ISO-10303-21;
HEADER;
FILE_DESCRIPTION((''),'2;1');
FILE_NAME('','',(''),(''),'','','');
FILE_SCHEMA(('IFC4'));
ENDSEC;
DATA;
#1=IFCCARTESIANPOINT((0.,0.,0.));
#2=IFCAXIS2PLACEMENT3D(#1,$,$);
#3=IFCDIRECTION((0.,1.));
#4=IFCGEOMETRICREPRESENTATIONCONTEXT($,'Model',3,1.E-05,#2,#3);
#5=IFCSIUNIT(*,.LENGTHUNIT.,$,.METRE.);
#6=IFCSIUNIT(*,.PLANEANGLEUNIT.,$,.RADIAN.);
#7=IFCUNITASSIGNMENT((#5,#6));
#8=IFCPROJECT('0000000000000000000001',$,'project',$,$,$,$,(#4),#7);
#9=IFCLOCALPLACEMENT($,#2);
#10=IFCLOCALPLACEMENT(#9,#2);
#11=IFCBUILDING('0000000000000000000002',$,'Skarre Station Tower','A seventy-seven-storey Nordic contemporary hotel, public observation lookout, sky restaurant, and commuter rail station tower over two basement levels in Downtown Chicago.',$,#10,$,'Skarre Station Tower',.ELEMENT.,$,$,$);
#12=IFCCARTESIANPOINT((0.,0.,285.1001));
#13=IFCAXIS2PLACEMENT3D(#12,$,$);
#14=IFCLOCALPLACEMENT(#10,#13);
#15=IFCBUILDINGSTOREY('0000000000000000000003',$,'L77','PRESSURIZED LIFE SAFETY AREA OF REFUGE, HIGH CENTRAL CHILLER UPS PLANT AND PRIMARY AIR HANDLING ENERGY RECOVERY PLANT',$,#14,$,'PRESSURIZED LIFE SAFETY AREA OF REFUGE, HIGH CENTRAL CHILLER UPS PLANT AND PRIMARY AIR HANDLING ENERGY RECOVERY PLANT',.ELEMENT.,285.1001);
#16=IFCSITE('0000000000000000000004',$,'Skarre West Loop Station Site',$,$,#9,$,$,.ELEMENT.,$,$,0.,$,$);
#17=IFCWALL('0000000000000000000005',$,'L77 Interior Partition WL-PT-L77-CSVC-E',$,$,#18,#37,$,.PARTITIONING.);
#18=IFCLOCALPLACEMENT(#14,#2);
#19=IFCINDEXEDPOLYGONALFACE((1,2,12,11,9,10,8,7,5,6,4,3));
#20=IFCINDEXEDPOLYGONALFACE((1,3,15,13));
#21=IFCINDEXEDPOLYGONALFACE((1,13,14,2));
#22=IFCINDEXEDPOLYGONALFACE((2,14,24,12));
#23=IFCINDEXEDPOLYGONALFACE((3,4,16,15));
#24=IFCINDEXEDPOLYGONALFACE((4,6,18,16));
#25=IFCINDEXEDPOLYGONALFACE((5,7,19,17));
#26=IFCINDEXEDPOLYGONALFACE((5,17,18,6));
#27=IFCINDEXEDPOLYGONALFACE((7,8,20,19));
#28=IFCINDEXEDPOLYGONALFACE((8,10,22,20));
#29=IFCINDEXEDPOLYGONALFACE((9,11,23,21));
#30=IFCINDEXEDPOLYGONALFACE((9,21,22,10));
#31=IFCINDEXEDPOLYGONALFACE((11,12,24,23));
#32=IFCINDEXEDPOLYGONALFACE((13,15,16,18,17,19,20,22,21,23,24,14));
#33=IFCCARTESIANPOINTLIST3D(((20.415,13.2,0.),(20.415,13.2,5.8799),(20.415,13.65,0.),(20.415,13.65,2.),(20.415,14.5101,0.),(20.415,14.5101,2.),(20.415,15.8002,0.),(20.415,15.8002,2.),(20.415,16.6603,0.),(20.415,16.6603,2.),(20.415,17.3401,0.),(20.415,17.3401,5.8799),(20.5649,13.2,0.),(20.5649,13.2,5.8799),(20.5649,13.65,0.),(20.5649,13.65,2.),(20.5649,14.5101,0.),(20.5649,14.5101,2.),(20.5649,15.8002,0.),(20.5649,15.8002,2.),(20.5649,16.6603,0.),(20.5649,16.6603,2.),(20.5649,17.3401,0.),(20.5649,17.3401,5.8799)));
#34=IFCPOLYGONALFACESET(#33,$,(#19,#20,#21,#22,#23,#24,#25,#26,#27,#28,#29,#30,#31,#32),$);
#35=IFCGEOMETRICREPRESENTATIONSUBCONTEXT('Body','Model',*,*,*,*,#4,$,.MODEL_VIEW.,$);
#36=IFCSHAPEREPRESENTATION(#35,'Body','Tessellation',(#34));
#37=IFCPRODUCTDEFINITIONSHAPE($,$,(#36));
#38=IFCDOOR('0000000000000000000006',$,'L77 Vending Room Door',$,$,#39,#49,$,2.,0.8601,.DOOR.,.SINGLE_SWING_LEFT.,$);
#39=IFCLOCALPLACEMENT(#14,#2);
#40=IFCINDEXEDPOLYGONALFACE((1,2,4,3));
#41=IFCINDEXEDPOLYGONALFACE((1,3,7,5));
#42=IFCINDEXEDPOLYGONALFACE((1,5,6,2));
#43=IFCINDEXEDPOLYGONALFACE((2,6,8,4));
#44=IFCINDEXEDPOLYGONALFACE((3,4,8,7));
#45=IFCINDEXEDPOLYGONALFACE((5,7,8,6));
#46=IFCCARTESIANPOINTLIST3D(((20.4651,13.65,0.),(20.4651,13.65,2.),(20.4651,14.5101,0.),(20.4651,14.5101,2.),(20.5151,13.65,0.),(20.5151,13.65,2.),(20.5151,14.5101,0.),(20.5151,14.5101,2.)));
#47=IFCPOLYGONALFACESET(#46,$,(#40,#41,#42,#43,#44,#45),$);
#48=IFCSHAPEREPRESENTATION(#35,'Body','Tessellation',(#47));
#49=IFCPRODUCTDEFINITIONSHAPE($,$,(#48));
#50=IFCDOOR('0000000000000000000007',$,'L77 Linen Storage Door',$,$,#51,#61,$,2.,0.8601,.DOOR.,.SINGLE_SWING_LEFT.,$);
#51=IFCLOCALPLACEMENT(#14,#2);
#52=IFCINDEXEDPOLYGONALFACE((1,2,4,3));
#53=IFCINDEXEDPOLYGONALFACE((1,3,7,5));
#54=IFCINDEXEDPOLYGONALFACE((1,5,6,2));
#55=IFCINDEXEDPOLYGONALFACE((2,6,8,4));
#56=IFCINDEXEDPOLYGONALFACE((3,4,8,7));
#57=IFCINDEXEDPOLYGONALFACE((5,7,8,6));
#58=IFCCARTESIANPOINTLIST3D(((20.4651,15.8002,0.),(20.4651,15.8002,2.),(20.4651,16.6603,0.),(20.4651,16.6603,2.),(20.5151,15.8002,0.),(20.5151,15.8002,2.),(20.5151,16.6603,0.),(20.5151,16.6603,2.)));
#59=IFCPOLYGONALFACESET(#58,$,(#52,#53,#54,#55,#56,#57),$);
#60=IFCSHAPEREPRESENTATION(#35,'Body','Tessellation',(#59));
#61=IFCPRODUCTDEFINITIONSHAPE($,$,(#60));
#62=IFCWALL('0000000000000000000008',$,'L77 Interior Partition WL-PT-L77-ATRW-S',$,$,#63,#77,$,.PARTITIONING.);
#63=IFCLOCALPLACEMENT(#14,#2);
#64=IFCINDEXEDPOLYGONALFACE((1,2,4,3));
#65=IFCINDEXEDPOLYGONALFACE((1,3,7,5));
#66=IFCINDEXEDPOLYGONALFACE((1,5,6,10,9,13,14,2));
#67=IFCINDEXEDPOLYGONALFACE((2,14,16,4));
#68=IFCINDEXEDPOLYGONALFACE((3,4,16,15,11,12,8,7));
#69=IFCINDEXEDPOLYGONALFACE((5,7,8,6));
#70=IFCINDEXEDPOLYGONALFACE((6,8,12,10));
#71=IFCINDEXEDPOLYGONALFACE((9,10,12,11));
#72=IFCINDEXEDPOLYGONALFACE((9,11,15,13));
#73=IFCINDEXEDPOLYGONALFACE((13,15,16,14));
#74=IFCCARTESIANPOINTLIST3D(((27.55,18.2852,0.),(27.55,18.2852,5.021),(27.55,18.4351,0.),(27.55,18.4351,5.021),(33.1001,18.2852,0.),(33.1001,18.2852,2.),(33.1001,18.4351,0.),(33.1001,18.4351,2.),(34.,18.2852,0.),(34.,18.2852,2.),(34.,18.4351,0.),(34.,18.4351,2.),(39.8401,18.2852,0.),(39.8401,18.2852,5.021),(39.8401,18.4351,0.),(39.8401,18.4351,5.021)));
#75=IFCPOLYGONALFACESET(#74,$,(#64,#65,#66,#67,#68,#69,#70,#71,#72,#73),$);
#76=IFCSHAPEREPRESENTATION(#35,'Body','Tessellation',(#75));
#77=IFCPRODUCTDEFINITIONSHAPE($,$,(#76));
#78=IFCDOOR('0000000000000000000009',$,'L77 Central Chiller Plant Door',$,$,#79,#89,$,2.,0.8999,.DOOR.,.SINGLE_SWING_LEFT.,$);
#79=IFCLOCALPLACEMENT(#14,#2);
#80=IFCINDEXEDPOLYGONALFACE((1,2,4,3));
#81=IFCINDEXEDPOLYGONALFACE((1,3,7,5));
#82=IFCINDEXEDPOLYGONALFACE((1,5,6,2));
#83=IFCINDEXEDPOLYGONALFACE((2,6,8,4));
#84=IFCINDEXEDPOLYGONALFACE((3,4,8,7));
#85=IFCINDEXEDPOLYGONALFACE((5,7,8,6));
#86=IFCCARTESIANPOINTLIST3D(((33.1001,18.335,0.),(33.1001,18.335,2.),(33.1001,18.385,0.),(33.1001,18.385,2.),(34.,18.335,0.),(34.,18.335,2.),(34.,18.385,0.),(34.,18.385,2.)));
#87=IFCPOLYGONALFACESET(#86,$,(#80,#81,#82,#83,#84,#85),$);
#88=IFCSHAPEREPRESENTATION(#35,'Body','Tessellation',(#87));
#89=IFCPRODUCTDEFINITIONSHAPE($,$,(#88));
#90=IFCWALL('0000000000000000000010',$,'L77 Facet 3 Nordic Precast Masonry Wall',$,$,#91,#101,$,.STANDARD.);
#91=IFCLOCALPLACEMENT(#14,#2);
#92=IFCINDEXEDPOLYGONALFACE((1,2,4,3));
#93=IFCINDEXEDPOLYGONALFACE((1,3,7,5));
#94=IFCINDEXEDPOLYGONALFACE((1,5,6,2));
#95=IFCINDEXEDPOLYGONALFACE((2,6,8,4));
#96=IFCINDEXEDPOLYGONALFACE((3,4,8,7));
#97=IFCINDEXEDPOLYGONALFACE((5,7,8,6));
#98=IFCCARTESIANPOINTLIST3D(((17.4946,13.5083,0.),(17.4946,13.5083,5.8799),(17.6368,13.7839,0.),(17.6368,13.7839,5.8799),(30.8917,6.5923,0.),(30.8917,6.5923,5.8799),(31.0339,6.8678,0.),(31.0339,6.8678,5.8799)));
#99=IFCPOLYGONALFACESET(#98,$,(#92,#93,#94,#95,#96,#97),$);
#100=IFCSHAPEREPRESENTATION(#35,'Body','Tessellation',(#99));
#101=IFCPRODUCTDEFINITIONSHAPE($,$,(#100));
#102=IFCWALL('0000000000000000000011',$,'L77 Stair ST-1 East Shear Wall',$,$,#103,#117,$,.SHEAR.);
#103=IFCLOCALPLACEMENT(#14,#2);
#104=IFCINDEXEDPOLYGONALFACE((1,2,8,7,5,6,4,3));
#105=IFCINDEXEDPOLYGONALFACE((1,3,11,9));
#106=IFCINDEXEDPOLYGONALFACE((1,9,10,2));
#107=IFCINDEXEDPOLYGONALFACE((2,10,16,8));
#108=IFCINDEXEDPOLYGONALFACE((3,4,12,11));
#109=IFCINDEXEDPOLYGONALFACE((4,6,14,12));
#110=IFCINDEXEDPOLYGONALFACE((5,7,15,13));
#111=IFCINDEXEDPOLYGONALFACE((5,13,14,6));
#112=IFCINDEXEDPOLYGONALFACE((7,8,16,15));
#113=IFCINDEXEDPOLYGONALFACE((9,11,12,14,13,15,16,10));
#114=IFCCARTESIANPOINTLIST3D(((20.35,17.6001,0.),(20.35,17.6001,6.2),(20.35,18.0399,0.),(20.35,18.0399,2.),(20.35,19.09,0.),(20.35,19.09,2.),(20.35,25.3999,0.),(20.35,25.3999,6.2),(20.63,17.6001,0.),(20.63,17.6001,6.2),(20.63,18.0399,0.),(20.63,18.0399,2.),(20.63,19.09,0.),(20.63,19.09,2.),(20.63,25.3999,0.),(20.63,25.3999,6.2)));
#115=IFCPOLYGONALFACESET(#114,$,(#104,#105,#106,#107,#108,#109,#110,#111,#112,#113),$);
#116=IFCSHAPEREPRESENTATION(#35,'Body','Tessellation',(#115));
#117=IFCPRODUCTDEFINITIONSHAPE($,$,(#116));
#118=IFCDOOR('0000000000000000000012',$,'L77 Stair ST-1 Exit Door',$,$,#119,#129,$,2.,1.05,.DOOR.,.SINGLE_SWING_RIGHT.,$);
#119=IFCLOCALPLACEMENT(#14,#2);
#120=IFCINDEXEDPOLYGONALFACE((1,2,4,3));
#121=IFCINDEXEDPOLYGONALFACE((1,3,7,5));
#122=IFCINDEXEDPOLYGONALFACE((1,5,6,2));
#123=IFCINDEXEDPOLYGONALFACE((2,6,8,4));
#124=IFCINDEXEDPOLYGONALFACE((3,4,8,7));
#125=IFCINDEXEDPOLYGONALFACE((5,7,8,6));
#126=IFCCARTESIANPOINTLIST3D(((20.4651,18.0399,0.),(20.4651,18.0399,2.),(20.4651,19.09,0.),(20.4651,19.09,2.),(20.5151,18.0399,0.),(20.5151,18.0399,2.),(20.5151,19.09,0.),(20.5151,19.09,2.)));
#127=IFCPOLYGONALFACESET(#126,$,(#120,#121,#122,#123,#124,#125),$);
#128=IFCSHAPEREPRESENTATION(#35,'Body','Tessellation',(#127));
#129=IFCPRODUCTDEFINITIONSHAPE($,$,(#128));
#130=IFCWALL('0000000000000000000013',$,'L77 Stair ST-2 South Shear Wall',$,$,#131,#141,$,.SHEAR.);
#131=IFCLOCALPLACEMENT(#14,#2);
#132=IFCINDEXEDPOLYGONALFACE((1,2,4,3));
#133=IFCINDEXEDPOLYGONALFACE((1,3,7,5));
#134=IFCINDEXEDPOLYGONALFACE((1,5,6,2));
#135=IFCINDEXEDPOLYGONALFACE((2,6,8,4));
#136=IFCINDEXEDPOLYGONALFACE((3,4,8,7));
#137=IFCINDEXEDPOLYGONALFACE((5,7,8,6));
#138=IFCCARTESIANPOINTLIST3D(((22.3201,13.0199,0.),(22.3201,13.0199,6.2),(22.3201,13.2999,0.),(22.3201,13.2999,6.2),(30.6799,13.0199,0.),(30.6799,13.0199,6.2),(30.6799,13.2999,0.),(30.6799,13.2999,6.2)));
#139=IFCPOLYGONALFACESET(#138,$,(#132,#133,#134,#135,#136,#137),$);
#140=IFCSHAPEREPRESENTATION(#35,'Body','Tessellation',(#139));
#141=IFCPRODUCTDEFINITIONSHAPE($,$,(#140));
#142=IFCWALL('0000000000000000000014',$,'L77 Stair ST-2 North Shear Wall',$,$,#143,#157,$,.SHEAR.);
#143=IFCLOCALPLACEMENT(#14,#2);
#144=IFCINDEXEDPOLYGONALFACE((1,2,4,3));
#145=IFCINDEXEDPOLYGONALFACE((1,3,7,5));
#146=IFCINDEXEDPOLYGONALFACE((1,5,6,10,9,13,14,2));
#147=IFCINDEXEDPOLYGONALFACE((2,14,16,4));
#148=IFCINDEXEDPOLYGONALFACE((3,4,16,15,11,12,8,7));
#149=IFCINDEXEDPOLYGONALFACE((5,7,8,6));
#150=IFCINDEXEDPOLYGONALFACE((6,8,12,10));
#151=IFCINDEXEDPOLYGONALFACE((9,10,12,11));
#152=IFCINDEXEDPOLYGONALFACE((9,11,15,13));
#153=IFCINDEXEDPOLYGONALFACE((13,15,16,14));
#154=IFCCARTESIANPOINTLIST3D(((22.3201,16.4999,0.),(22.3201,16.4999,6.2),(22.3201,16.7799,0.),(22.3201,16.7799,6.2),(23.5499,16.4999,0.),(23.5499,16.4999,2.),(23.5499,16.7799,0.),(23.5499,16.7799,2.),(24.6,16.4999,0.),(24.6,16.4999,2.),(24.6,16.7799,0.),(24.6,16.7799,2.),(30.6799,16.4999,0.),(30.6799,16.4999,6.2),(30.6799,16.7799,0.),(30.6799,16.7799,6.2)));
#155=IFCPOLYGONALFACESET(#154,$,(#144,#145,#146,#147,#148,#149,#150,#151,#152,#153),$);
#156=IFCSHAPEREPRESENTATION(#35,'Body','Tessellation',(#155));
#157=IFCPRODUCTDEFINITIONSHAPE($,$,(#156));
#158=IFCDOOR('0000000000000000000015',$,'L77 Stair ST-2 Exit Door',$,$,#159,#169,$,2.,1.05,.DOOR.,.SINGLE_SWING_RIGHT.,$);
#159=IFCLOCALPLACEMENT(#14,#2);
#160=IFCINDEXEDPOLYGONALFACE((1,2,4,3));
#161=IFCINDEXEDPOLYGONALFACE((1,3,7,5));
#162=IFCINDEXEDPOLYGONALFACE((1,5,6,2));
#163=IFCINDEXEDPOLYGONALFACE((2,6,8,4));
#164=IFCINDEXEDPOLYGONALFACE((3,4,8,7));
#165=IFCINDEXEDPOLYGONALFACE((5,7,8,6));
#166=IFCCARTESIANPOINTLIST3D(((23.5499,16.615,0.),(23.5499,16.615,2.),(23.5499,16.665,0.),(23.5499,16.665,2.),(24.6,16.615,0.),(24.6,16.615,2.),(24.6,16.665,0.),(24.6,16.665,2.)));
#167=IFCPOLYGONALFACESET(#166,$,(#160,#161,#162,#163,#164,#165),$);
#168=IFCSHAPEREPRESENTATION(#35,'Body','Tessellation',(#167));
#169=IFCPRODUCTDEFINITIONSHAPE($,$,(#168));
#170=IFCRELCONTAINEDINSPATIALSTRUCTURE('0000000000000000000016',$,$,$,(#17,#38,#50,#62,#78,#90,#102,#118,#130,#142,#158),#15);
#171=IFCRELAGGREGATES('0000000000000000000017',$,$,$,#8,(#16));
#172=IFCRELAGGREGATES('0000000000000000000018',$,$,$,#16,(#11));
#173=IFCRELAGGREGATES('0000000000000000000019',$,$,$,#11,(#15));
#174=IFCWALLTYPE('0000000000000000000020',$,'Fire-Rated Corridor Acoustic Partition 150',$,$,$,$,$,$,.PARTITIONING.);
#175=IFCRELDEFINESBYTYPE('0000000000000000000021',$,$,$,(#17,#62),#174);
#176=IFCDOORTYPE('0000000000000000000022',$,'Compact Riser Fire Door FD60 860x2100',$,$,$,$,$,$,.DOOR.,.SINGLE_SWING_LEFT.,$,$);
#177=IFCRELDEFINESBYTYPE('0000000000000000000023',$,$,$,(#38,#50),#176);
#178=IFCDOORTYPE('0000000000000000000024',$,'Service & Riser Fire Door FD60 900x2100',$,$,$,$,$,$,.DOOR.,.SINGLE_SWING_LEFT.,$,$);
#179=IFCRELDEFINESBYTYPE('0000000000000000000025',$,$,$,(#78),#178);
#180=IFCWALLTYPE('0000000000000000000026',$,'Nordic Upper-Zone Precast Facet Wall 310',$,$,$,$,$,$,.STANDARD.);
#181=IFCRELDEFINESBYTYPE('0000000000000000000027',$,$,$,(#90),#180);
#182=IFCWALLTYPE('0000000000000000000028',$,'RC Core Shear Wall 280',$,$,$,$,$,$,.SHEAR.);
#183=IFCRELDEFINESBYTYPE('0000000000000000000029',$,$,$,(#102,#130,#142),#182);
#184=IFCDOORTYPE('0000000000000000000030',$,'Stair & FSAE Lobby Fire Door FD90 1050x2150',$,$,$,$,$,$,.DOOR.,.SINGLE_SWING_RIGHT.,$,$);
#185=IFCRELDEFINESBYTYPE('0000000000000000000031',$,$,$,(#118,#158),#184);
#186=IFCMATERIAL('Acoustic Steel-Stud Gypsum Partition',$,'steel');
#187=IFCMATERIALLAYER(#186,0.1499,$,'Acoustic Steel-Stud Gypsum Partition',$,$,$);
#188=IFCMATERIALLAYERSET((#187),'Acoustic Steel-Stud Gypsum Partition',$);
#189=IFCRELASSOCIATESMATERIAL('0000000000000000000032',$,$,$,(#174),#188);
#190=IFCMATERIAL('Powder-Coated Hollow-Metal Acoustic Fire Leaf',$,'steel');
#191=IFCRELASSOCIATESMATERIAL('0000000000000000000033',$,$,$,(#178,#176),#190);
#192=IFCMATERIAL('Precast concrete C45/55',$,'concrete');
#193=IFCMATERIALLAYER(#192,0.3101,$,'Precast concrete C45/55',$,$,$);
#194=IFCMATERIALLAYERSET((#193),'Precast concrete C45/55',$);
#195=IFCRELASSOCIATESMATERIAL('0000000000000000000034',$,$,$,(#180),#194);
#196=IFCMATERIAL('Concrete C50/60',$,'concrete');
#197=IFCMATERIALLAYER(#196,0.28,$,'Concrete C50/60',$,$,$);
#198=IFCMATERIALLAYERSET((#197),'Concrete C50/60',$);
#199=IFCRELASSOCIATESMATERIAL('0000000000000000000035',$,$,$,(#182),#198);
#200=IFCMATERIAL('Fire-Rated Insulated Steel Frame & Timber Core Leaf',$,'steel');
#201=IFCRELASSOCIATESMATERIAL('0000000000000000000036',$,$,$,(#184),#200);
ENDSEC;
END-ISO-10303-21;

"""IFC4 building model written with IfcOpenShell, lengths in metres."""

from ifc_helpers import new_model, si_unit, direction, frame, frame_2d, origin, place, context, subcontext, project, spatial, rectangle, extrude, material, layer, layer_set, type_object, element, fill, save


model = new_model("IFC4")

# Units and contexts
model_context = context("Model", 3, precision=1e-05, world=origin(), true_north=direction((0.0, 1.0)))
body_context = subcontext(model_context, "Body", "Model", "MODEL_VIEW")
ifc_project = project(units=[si_unit("LENGTHUNIT", "METRE"), si_unit("PLANEANGLEUNIT", "RADIAN")], contexts=[model_context])

# Site, building, storey
site_placement = place(None, origin())
site = spatial("IfcSite", under=ifc_project, at=site_placement, Name="Skarre West Loop Station Site", CompositionType="ELEMENT", RefElevation=0.0)
building_placement = place(site_placement, origin())
building = spatial("IfcBuilding", under=site, at=building_placement, Name="Skarre Station Tower", Description="A seventy-seven-storey Nordic contemporary hotel, public observation lookout, sky restaurant, and commuter rail station tower over two basement levels in Downtown Chicago.", LongName="Skarre Station Tower", CompositionType="ELEMENT")
storey_placement = place(building_placement, frame((0.0, 0.0, 285.1001)))
storey = spatial("IfcBuildingStorey", under=building, at=storey_placement, Name="L77", Description="PRESSURIZED LIFE SAFETY AREA OF REFUGE, HIGH CENTRAL CHILLER UPS PLANT AND PRIMARY AIR HANDLING ENERGY RECOVERY PLANT", LongName="PRESSURIZED LIFE SAFETY AREA OF REFUGE, HIGH CENTRAL CHILLER UPS PLANT AND PRIMARY AIR HANDLING ENERGY RECOVERY PLANT", CompositionType="ELEMENT", Elevation=285.1001)

# Shared definitions
ifc_material_1 = material(Name="Concrete C50/60", Category="concrete")

# Shared definitions
ifc_material_2 = material(Name="Acoustic Steel-Stud Gypsum Partition", Category="steel")
ifc_layer_1 = layer(ifc_material_2, 0.1499, Name="Acoustic Steel-Stud Gypsum Partition")
ifc_layer_set_1 = layer_set([ifc_layer_1], Name="Acoustic Steel-Stud Gypsum Partition")
wall_type_1 = type_object("IfcWallType", Name="Fire-Rated Corridor Acoustic Partition 150", PredefinedType="PARTITIONING", material=ifc_layer_set_1)
ifc_material_3 = material(Name="Powder-Coated Hollow-Metal Acoustic Fire Leaf", Category="steel")
door_type_1 = type_object("IfcDoorType", Name="Service & Riser Fire Door FD60 900x2100", OperationType="SINGLE_SWING_LEFT", PredefinedType="DOOR", material=ifc_material_3)

# Wall, openings, doors
wall_1_placement = place(storey_placement, frame((20.49, 13.2, 0.0), z_axis=(0.0, 0.0, 1.0), x_axis=(0.0, 1.0, 0.0)))
wall_1 = element("IfcWall", 1, at=wall_1_placement, inside=storey, type_object=wall_type_1, Name="L77 Interior Partition WL-PT-L77-CSVC-E", PredefinedType="PARTITIONING", context=body_context, shape_type="SweptSolid", body=[
    extrude(rectangle(XDim=4.1401, YDim=0.1499, at=frame_2d((2.0701, 0.0))), origin(), (0.0, 0.0, 1.0), 5.8799),
])
opening_1_placement = place(wall_1_placement, frame((0.45, 0.0, 0.0)))
opening_1 = element("IfcOpeningElement", 2, at=opening_1_placement, cuts=wall_1, PredefinedType="OPENING", context=body_context, shape_type="SweptSolid", body=[
    extrude(rectangle(XDim=0.8601, YDim=2.0, at=frame_2d((0.4302, 1.0))), frame((0.0, 0.085, 0.0), z_axis=(0.0, -1.0, 0.0), x_axis=(1.0, 0.0, 0.0)), (0.0, 0.0, 1.0), 0.1699),
])
opening_2_placement = place(wall_1_placement, frame((2.6001, 0.0, 0.0)))
opening_2 = element("IfcOpeningElement", 3, at=opening_2_placement, cuts=wall_1, PredefinedType="OPENING", context=body_context, shape_type="SweptSolid", body=[
    extrude(rectangle(XDim=0.8601, YDim=2.0, at=frame_2d((0.4302, 1.0))), frame((0.0, 0.085, 0.0), z_axis=(0.0, -1.0, 0.0), x_axis=(1.0, 0.0, 0.0)), (0.0, 0.0, 1.0), 0.1699),
])
door_type_2 = type_object("IfcDoorType", Name="Compact Riser Fire Door FD60 860x2100", OperationType="SINGLE_SWING_LEFT", PredefinedType="DOOR", material=ifc_material_3)
door_1_placement = place(opening_1_placement, origin())
door_1 = element("IfcDoor", 4, at=door_1_placement, inside=storey, type_object=door_type_2, Name="L77 Vending Room Door", OperationType="SINGLE_SWING_LEFT", OverallHeight=2.0, OverallWidth=0.8601, PredefinedType="DOOR", context=body_context, shape_type="SweptSolid", body=[
    extrude(rectangle(XDim=0.8601, YDim=2.0, at=frame_2d((0.4302, 1.0))), frame((0.0, 0.0249, 0.0), z_axis=(0.0, -1.0, 0.0), x_axis=(1.0, 0.0, 0.0)), (0.0, 0.0, 1.0), 0.05),
])
fill(opening_1, door_1)
door_2_placement = place(opening_2_placement, origin())
door_2 = element("IfcDoor", 5, at=door_2_placement, inside=storey, type_object=door_type_2, Name="L77 Linen Storage Door", OperationType="SINGLE_SWING_LEFT", OverallHeight=2.0, OverallWidth=0.8601, PredefinedType="DOOR", context=body_context, shape_type="SweptSolid", body=[
    extrude(rectangle(XDim=0.8601, YDim=2.0, at=frame_2d((0.4302, 1.0))), frame((0.0, 0.0249, 0.0), z_axis=(0.0, -1.0, 0.0), x_axis=(1.0, 0.0, 0.0)), (0.0, 0.0, 1.0), 0.05),
])
fill(opening_2, door_2)

# Wall, opening, door
wall_2_placement = place(storey_placement, frame((27.55, 18.3601, 0.0), z_axis=(0.0, 0.0, 1.0), x_axis=(1.0, 0.0, 0.0)))
wall_2 = element("IfcWall", 6, at=wall_2_placement, inside=storey, type_object=wall_type_1, Name="L77 Interior Partition WL-PT-L77-ATRW-S", PredefinedType="PARTITIONING", context=body_context, shape_type="SweptSolid", body=[
    extrude(rectangle(XDim=12.29, YDim=0.1499, at=frame_2d((6.145, 0.0))), origin(), (0.0, 0.0, 1.0), 5.021),
])
opening_3_placement = place(wall_2_placement, frame((5.55, 0.0, 0.0)))
opening_3 = element("IfcOpeningElement", 7, at=opening_3_placement, cuts=wall_2, PredefinedType="OPENING", context=body_context, shape_type="SweptSolid", body=[
    extrude(rectangle(XDim=0.8999, YDim=2.0, at=frame_2d((0.45, 1.0))), frame((0.0, 0.085, 0.0), z_axis=(0.0, -1.0, 0.0), x_axis=(1.0, 0.0, 0.0)), (0.0, 0.0, 1.0), 0.1699),
])
door_3_placement = place(opening_3_placement, origin())
door_3 = element("IfcDoor", 8, at=door_3_placement, inside=storey, type_object=door_type_1, Name="L77 Central Chiller Plant Door", OperationType="SINGLE_SWING_LEFT", OverallHeight=2.0, OverallWidth=0.8999, PredefinedType="DOOR", context=body_context, shape_type="SweptSolid", body=[
    extrude(rectangle(XDim=0.8999, YDim=2.0, at=frame_2d((0.45, 1.0))), frame((0.0, 0.0249, 0.0), z_axis=(0.0, -1.0, 0.0), x_axis=(1.0, 0.0, 0.0)), (0.0, 0.0, 1.0), 0.05),
])
fill(opening_3, door_3)

# Wall
ifc_material_4 = material(Name="Precast concrete C45/55", Category="concrete")
ifc_layer_2 = layer(ifc_material_4, 0.3101, Name="Precast concrete C45/55")
ifc_layer_set_2 = layer_set([ifc_layer_2], Name="Precast concrete C45/55")
wall_type_2 = type_object("IfcWallType", Name="Nordic Upper-Zone Precast Facet Wall 310", PredefinedType="STANDARD", material=ifc_layer_set_2)
wall_3_placement = place(storey_placement, frame((30.9629, 6.73, 0.0), z_axis=(0.0, 0.0, 1.0), x_axis=(-0.888581, 0.458719, 0.0)))
element("IfcWall", 9, at=wall_3_placement, inside=storey, type_object=wall_type_2, Name="L77 Facet 3 Nordic Precast Masonry Wall", PredefinedType="STANDARD", context=body_context, shape_type="SweptSolid", body=[
    extrude(rectangle(XDim=15.0769, YDim=0.3101, at=frame_2d((7.5386, 0.0))), origin(), (0.0, 0.0, 1.0), 5.8799),
])

# Wall, opening, door
ifc_layer_3 = layer(ifc_material_1, 0.28, Name="Concrete C50/60")
ifc_layer_set_3 = layer_set([ifc_layer_3], Name="Concrete C50/60")
wall_type_3 = type_object("IfcWallType", Name="RC Core Shear Wall 280", PredefinedType="SHEAR", material=ifc_layer_set_3)
wall_4_placement = place(storey_placement, frame((20.49, 17.6001, 0.0), z_axis=(0.0, 0.0, 1.0), x_axis=(0.0, 1.0, 0.0)))
wall_4 = element("IfcWall", 10, at=wall_4_placement, inside=storey, type_object=wall_type_3, Name="L77 Stair ST-1 East Shear Wall", PredefinedType="SHEAR", context=body_context, shape_type="SweptSolid", body=[
    extrude(rectangle(XDim=7.7998, YDim=0.28, at=frame_2d((3.8999, 0.0))), origin(), (0.0, 0.0, 1.0), 6.2),
])
opening_4_placement = place(wall_4_placement, frame((0.4399, 0.0, 0.0)))
opening_4 = element("IfcOpeningElement", 11, at=opening_4_placement, cuts=wall_4, PredefinedType="OPENING", context=body_context, shape_type="SweptSolid", body=[
    extrude(rectangle(XDim=1.05, YDim=2.0, at=frame_2d((0.5249, 1.0))), frame((0.0, 0.1499, 0.0), z_axis=(0.0, -1.0, 0.0), x_axis=(1.0, 0.0, 0.0)), (0.0, 0.0, 1.0), 0.3),
])
ifc_material_5 = material(Name="Fire-Rated Insulated Steel Frame & Timber Core Leaf", Category="steel")
door_type_3 = type_object("IfcDoorType", Name="Stair & FSAE Lobby Fire Door FD90 1050x2150", OperationType="SINGLE_SWING_RIGHT", PredefinedType="DOOR", material=ifc_material_5)
door_4_placement = place(opening_4_placement, origin())
door_4 = element("IfcDoor", 12, at=door_4_placement, inside=storey, type_object=door_type_3, Name="L77 Stair ST-1 Exit Door", OperationType="SINGLE_SWING_RIGHT", OverallHeight=2.0, OverallWidth=1.05, PredefinedType="DOOR", context=body_context, shape_type="SweptSolid", body=[
    extrude(rectangle(XDim=1.05, YDim=2.0, at=frame_2d((0.5249, 1.0))), frame((0.0, 0.0249, 0.0), z_axis=(0.0, -1.0, 0.0), x_axis=(1.0, 0.0, 0.0)), (0.0, 0.0, 1.0), 0.05),
])
fill(opening_4, door_4)

# Wall
wall_5_placement = place(storey_placement, frame((22.3201, 13.1599, 0.0), z_axis=(0.0, 0.0, 1.0), x_axis=(1.0, 0.0, 0.0)))
element("IfcWall", 13, at=wall_5_placement, inside=storey, type_object=wall_type_3, Name="L77 Stair ST-2 South Shear Wall", PredefinedType="SHEAR", context=body_context, shape_type="SweptSolid", body=[
    extrude(rectangle(XDim=8.3599, YDim=0.28, at=frame_2d((4.1799, 0.0))), origin(), (0.0, 0.0, 1.0), 6.2),
])

# Wall, opening, door
wall_6_placement = place(storey_placement, frame((30.6799, 16.6399, 0.0), z_axis=(0.0, 0.0, 1.0), x_axis=(-1.0, 0.0, 0.0)))
wall_6 = element("IfcWall", 14, at=wall_6_placement, inside=storey, type_object=wall_type_3, Name="L77 Stair ST-2 North Shear Wall", PredefinedType="SHEAR", context=body_context, shape_type="SweptSolid", body=[
    extrude(rectangle(XDim=8.3599, YDim=0.28, at=frame_2d((4.1799, 0.0))), origin(), (0.0, 0.0, 1.0), 6.2),
])
opening_5_placement = place(wall_6_placement, frame((6.0801, 0.0, 0.0)))
opening_5 = element("IfcOpeningElement", 15, at=opening_5_placement, cuts=wall_6, PredefinedType="OPENING", context=body_context, shape_type="SweptSolid", body=[
    extrude(rectangle(XDim=1.05, YDim=2.0, at=frame_2d((0.5249, 1.0))), frame((0.0, 0.1499, 0.0), z_axis=(0.0, -1.0, 0.0), x_axis=(1.0, 0.0, 0.0)), (0.0, 0.0, 1.0), 0.3),
])
door_5_placement = place(opening_5_placement, origin())
door_5 = element("IfcDoor", 16, at=door_5_placement, inside=storey, type_object=door_type_3, Name="L77 Stair ST-2 Exit Door", OperationType="SINGLE_SWING_RIGHT", OverallHeight=2.0, OverallWidth=1.05, PredefinedType="DOOR", context=body_context, shape_type="SweptSolid", body=[
    extrude(rectangle(XDim=1.05, YDim=2.0, at=frame_2d((0.5249, 1.0))), frame((0.0, 0.0249, 0.0), z_axis=(0.0, -1.0, 0.0), x_axis=(1.0, 0.0, 0.0)), (0.0, 0.0, 1.0), 0.05),
])
fill(opening_5, door_5)

save(model, "model.ifc")
